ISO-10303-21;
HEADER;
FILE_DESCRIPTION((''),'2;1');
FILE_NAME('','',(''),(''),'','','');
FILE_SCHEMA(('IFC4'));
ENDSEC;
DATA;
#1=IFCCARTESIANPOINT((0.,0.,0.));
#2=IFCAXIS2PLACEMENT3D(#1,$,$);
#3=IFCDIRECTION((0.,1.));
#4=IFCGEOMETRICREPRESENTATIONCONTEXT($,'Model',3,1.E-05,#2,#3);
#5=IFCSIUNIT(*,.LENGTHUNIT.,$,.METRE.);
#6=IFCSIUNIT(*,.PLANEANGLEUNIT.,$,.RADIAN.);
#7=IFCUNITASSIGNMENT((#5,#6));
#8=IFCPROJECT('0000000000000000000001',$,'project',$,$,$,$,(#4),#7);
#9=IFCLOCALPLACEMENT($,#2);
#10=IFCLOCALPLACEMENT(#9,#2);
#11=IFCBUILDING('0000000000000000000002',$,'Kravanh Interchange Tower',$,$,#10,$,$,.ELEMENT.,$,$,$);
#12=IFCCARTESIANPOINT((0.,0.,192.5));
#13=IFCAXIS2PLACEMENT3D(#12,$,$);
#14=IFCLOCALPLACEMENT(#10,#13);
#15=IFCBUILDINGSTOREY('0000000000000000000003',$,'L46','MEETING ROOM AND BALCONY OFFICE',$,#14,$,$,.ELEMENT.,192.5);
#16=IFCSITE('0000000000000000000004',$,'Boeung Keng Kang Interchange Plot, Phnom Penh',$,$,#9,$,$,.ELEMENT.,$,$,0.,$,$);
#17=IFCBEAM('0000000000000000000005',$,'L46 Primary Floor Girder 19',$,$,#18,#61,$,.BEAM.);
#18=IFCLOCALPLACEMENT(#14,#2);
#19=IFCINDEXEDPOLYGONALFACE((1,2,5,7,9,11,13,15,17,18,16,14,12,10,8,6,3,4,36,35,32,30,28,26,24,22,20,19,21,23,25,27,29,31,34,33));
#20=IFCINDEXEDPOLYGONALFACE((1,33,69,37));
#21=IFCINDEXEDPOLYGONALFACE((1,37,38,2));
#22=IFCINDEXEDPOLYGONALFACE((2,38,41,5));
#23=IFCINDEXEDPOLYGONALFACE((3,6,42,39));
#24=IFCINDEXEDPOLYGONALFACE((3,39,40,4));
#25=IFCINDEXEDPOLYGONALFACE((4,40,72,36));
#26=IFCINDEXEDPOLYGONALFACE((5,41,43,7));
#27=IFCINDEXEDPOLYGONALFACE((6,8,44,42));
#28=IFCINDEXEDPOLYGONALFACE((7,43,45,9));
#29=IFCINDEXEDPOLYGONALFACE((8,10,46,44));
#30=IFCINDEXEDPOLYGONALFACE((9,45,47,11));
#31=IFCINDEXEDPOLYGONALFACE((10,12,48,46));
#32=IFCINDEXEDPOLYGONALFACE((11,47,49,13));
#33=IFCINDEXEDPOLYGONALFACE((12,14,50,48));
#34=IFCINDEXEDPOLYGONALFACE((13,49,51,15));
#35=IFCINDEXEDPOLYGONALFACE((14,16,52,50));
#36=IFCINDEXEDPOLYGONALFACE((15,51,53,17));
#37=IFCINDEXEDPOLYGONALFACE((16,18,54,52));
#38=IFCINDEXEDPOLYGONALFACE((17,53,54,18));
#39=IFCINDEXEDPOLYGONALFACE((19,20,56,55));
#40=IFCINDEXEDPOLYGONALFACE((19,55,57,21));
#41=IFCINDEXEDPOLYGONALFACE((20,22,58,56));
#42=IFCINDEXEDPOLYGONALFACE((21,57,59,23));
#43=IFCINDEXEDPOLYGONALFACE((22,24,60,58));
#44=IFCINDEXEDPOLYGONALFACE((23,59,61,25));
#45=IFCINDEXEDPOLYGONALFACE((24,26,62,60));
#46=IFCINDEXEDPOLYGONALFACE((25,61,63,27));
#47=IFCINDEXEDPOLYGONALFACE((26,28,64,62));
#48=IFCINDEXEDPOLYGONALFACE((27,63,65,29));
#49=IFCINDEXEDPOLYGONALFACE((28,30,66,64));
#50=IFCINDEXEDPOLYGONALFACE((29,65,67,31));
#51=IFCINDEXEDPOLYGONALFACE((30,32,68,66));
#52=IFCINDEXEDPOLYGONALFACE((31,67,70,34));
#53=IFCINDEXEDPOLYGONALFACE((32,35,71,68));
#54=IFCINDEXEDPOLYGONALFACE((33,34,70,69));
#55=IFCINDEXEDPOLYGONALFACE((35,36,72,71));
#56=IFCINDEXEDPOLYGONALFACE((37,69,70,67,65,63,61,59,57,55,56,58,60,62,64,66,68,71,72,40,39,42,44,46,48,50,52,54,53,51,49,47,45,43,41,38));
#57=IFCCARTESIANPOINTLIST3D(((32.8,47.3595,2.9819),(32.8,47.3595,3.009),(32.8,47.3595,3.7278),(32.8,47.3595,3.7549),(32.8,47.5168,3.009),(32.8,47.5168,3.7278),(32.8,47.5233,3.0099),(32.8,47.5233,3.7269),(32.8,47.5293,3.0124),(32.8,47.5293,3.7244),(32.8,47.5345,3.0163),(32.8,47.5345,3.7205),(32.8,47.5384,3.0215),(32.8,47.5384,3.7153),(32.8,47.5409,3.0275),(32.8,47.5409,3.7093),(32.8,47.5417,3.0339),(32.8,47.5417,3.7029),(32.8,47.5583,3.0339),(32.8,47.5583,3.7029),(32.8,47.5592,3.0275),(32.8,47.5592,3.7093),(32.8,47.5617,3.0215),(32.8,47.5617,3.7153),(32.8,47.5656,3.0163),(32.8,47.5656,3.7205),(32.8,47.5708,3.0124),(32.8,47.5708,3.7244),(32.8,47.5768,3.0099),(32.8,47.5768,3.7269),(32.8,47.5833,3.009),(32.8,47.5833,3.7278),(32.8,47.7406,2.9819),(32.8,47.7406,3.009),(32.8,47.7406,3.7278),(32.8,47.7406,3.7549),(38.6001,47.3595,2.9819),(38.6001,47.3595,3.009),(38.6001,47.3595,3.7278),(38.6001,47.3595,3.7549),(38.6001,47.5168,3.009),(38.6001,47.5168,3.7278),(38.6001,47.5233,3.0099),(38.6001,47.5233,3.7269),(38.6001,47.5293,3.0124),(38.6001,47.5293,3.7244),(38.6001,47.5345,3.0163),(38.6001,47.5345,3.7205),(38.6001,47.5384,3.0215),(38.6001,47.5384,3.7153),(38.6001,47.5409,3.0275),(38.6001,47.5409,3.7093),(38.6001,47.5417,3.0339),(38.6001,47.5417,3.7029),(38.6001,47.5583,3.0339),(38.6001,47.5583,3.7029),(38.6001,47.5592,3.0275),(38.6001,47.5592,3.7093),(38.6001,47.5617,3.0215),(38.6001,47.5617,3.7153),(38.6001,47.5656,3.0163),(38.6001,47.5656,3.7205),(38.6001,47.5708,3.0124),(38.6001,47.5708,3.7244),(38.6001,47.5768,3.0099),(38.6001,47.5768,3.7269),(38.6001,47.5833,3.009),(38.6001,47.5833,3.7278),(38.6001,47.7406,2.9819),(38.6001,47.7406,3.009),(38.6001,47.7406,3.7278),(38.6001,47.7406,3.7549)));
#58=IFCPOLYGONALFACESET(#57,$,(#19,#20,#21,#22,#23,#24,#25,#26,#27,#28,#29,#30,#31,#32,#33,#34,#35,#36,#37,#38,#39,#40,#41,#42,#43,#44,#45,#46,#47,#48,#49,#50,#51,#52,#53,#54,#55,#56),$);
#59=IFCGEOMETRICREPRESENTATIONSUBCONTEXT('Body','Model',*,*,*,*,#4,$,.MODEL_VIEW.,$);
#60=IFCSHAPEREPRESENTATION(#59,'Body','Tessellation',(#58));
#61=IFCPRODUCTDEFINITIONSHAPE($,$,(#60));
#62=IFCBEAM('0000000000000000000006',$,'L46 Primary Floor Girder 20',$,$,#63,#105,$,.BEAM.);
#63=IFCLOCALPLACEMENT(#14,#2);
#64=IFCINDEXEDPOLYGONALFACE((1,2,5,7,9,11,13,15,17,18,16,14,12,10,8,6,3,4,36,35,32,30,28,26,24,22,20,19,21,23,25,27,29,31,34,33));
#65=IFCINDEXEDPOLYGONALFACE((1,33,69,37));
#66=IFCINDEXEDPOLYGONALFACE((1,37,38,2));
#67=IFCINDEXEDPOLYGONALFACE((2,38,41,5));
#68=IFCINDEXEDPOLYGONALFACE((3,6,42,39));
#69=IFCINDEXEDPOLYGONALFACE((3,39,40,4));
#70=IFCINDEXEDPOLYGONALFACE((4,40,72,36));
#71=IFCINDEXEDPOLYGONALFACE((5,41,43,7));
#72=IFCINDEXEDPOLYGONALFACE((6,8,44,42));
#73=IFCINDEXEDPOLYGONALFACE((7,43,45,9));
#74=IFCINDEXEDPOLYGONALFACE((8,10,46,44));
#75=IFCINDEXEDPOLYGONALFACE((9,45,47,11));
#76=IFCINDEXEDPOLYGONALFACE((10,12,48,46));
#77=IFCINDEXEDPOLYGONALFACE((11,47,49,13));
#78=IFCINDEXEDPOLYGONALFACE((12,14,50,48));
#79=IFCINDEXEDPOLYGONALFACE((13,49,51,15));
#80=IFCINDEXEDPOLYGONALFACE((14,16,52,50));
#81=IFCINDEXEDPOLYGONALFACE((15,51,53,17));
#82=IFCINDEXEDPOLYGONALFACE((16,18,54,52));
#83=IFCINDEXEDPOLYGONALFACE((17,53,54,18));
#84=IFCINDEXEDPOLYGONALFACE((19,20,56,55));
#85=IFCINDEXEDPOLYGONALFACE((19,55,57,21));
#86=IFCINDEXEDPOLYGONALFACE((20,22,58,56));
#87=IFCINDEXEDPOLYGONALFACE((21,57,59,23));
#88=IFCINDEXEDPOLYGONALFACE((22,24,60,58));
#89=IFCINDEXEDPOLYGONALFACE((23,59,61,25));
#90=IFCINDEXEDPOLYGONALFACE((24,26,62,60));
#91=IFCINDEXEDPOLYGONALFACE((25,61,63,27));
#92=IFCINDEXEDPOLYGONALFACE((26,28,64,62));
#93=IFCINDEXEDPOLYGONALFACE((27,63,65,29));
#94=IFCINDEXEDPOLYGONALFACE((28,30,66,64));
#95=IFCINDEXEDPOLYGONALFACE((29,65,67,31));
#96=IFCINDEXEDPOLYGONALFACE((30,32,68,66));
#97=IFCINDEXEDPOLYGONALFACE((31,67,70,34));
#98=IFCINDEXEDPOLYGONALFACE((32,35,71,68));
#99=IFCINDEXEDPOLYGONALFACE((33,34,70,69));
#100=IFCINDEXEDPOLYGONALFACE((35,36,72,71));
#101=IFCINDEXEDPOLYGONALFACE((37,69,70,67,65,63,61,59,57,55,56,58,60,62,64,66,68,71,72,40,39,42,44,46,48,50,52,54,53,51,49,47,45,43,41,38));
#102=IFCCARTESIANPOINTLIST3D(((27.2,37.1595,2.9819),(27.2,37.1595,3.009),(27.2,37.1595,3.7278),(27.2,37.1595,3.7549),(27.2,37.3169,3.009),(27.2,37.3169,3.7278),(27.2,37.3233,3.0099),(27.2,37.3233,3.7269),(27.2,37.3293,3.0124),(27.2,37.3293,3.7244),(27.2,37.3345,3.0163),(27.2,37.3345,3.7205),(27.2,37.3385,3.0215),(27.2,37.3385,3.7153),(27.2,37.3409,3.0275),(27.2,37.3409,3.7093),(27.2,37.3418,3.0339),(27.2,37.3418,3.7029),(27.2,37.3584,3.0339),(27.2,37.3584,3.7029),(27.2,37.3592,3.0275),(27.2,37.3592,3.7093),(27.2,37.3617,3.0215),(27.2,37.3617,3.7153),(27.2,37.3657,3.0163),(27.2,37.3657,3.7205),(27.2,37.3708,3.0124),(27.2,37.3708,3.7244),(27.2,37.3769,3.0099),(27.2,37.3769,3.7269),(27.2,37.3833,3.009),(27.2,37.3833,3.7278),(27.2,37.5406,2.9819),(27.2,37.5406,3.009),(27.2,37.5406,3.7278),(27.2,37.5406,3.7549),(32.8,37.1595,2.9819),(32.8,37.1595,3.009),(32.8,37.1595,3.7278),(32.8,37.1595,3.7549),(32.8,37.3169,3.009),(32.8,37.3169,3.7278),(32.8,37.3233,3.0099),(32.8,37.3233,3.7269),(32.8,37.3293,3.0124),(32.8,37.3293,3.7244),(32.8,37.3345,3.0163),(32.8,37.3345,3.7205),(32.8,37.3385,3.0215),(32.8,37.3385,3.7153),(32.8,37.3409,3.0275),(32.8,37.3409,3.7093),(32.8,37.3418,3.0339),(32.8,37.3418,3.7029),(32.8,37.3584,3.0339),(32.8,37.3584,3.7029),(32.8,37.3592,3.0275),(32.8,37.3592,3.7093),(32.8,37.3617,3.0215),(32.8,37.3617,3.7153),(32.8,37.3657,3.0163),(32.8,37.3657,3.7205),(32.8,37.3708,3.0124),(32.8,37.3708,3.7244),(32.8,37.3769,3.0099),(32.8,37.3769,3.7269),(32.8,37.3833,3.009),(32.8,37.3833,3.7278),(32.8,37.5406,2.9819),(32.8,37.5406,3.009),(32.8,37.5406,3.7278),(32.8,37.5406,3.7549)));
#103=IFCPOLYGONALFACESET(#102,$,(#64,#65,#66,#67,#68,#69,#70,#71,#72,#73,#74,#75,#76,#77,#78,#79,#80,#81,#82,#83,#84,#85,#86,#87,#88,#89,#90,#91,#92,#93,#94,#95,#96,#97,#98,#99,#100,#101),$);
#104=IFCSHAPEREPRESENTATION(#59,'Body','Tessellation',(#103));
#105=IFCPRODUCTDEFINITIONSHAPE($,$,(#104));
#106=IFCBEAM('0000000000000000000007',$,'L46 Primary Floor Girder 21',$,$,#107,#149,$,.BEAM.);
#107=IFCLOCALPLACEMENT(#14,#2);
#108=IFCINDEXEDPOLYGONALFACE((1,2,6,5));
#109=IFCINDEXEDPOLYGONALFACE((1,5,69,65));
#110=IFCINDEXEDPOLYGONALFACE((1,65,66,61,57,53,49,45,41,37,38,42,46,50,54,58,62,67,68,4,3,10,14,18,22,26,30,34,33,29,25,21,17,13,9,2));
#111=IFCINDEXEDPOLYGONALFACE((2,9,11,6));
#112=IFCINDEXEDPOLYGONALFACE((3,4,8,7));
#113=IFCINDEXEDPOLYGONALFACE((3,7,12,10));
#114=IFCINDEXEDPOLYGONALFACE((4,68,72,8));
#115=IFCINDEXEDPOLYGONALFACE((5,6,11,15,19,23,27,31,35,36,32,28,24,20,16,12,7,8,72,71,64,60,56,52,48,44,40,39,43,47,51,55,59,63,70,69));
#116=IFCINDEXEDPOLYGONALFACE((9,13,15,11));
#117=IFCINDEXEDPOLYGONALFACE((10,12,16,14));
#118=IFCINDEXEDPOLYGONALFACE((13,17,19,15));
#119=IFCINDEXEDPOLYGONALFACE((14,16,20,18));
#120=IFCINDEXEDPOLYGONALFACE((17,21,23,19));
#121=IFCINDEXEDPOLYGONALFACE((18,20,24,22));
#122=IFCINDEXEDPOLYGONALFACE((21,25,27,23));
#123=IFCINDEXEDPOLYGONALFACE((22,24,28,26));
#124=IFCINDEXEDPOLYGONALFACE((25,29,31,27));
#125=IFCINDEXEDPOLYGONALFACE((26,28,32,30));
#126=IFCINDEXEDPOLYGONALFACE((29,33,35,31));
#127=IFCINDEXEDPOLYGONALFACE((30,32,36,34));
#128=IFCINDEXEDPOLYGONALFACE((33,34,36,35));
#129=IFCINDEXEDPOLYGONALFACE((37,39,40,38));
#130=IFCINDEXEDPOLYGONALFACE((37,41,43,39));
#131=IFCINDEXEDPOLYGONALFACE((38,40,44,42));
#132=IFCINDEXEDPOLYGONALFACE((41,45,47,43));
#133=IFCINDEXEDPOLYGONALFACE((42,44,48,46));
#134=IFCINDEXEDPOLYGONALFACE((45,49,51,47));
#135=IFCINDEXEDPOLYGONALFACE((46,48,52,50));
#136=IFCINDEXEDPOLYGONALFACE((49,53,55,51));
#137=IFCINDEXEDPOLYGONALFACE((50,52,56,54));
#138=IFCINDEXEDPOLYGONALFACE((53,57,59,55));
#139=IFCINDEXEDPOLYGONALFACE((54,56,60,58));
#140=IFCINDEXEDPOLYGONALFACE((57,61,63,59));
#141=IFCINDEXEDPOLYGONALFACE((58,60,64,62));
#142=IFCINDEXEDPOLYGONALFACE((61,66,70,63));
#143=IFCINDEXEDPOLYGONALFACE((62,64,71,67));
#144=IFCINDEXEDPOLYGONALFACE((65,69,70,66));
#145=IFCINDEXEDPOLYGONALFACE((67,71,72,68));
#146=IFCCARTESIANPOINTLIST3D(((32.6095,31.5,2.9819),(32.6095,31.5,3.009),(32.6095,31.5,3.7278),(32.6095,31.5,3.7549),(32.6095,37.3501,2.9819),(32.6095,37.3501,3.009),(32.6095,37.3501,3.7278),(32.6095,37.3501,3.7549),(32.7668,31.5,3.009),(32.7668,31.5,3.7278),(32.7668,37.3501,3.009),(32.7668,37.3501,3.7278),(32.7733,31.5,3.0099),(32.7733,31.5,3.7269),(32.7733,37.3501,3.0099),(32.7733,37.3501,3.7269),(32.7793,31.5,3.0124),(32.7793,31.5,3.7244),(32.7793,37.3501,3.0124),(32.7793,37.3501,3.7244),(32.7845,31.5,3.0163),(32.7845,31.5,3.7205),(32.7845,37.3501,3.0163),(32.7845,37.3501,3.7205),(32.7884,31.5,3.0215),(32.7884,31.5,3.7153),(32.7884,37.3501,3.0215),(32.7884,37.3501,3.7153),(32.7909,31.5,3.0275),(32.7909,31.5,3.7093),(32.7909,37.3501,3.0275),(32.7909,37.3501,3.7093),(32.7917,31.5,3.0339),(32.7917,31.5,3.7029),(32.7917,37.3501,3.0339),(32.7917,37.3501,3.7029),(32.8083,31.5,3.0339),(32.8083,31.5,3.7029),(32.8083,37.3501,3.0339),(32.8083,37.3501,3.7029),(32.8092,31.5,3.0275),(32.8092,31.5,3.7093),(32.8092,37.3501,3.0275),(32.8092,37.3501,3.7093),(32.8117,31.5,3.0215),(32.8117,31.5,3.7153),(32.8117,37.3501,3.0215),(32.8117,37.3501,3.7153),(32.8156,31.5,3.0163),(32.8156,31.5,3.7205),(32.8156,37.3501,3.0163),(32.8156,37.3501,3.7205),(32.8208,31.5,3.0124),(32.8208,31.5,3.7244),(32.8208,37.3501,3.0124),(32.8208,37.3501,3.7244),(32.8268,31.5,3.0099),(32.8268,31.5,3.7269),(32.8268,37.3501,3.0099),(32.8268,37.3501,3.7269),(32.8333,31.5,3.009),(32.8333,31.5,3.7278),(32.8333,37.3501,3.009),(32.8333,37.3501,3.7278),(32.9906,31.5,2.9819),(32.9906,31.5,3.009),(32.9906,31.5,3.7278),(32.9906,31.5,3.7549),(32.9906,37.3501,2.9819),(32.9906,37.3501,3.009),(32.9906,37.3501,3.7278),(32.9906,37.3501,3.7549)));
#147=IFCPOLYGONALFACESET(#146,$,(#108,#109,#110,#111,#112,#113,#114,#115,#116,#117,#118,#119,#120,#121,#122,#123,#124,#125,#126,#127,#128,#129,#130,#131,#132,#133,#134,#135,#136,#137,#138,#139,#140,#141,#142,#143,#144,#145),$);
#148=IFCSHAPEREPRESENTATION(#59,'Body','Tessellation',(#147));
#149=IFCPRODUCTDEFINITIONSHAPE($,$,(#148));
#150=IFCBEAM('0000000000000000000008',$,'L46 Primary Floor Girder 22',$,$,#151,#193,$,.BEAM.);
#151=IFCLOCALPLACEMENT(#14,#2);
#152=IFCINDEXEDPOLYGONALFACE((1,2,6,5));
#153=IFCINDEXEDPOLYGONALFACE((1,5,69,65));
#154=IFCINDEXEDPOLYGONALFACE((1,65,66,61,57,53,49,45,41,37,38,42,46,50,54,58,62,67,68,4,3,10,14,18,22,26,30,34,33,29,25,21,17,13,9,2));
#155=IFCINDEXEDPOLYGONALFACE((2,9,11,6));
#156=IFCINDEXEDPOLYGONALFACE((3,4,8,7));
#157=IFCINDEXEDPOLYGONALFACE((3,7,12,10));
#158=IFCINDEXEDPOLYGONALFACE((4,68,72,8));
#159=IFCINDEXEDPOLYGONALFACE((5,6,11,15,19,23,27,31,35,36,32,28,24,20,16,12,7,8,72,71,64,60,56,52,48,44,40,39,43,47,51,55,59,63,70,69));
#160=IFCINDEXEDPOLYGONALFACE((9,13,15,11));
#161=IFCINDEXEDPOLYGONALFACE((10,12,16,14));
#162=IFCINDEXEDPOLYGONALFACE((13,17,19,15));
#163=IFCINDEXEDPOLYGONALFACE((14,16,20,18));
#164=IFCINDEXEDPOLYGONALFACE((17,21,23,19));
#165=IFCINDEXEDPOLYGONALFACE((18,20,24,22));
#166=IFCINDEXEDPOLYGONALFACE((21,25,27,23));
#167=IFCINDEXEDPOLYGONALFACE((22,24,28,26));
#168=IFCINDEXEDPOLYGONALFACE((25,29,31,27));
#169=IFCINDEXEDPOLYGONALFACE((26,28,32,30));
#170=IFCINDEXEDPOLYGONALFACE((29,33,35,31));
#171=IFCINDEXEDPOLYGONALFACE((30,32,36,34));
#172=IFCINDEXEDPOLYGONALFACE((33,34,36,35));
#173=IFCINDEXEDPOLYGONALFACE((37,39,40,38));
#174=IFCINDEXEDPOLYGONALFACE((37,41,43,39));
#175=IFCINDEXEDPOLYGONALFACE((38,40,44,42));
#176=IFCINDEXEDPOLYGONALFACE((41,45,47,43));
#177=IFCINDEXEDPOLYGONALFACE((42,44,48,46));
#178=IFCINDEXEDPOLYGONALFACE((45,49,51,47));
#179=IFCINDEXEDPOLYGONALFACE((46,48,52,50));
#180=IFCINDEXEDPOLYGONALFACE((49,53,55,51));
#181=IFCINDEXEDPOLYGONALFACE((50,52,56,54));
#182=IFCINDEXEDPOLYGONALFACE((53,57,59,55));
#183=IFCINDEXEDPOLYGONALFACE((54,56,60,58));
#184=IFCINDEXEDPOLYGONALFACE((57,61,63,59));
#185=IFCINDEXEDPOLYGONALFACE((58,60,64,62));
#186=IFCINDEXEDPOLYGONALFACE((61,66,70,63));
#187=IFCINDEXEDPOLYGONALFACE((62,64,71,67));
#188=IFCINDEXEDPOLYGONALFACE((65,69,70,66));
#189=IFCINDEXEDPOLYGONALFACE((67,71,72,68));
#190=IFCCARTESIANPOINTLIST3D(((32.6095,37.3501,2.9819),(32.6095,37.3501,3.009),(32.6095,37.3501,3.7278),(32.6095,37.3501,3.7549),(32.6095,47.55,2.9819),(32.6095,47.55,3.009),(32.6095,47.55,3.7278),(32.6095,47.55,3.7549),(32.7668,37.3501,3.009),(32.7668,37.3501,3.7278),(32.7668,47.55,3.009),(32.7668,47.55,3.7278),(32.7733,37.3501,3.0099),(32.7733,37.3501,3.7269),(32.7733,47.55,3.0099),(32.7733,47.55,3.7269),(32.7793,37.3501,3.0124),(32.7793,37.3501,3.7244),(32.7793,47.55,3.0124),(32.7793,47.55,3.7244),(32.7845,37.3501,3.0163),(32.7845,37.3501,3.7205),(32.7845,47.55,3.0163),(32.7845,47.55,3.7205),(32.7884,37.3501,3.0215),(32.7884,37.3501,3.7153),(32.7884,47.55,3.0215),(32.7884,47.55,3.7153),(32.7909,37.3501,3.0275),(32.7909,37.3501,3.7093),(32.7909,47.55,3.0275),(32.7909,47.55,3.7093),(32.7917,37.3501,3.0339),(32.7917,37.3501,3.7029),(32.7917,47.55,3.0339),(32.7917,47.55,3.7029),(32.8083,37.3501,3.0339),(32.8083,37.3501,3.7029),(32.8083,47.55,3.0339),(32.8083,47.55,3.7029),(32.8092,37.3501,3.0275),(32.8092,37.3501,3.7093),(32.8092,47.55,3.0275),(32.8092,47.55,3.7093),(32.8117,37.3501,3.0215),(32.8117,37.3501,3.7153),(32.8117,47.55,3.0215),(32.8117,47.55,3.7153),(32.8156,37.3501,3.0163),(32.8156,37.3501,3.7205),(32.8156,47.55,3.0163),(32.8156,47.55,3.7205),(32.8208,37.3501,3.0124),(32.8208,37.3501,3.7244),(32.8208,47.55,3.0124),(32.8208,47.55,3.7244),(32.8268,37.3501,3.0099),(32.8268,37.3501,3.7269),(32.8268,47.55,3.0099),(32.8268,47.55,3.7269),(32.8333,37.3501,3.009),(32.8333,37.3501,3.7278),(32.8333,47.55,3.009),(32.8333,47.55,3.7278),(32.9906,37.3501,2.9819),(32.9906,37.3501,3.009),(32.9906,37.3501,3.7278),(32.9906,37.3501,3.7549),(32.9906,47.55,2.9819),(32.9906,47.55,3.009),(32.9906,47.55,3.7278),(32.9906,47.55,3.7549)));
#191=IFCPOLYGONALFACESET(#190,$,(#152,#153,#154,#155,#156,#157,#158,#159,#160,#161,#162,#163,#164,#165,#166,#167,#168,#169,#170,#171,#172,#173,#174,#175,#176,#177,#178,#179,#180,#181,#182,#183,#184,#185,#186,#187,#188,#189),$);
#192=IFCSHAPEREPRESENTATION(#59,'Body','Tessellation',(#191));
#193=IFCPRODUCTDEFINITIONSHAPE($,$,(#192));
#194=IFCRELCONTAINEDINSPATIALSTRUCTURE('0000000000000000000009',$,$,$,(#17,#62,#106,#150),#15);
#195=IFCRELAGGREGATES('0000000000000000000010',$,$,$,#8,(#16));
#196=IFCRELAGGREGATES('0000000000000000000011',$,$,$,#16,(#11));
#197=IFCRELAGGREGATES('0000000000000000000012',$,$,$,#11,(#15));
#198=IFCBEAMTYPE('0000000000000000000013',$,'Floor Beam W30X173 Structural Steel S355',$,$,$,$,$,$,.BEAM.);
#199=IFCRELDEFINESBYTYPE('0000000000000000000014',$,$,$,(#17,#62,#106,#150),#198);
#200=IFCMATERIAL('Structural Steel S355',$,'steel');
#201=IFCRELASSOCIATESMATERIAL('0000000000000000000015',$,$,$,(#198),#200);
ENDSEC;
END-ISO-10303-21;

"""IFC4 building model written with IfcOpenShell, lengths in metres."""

from ifc_helpers import new_model, si_unit, direction, frame, origin, origin_2d, place, context, subcontext, project, spatial, i_section, extrude, material, material_profile, profile_set, type_object, element, save


model = new_model("IFC4")

# Units and contexts
model_context = context("Model", 3, precision=1e-05, world=origin(), true_north=direction((0.0, 1.0)))
body_context = subcontext(model_context, "Body", "Model", "MODEL_VIEW")
ifc_project = project(units=[si_unit("LENGTHUNIT", "METRE"), si_unit("PLANEANGLEUNIT", "RADIAN")], contexts=[model_context])

# Site, building, storey
site_placement = place(None, origin())
site = spatial("IfcSite", under=ifc_project, at=site_placement, Name="Boeung Keng Kang Interchange Plot, Phnom Penh", CompositionType="ELEMENT", RefElevation=0.0)
building_placement = place(site_placement, origin())
building = spatial("IfcBuilding", under=site, at=building_placement, Name="Kravanh Interchange Tower", CompositionType="ELEMENT")
storey_placement = place(building_placement, frame((0.0, 0.0, 192.5)))
storey = spatial("IfcBuildingStorey", under=building, at=storey_placement, Name="L46", Description="MEETING ROOM AND BALCONY OFFICE", CompositionType="ELEMENT", Elevation=192.5)

# Beams
ifc_material_1 = material(Name="Structural Steel S355", Category="steel")
ifc_material_profile_1 = material_profile(ifc_material_1, i_section(OverallWidth=0.3811, OverallDepth=0.7729, WebThickness=0.0166, FlangeThickness=0.0271, FilletRadius=0.0249, at=origin_2d()), Name="W30X173")
ifc_profile_set_1 = profile_set([ifc_material_profile_1], Name="Structural Steel S355")
beam_type = type_object("IfcBeamType", Name="Floor Beam W30X173 Structural Steel S355", PredefinedType="BEAM", material=ifc_profile_set_1)
beam_1_placement = place(storey_placement, frame((38.6001, 47.55, 3.3684), z_axis=(-1.0, 0.0, 0.0), x_axis=(0.0, -1.0, 0.0)))
element("IfcBeam", 1, at=beam_1_placement, inside=storey, type_object=beam_type, Name="L46 Primary Floor Girder 19", PredefinedType="BEAM", context=body_context, shape_type="SweptSolid", body=[
    extrude(i_section(OverallWidth=0.3811, OverallDepth=0.7729, WebThickness=0.0166, FlangeThickness=0.0271, FilletRadius=0.0249, at=origin_2d()), origin(), (0.0, 0.0, 1.0), 5.8),
])
beam_2_placement = place(storey_placement, frame((32.8, 37.3501, 3.3684), z_axis=(-1.0, 0.0, 0.0), x_axis=(0.0, -1.0, 0.0)))
element("IfcBeam", 2, at=beam_2_placement, inside=storey, type_object=beam_type, Name="L46 Primary Floor Girder 20", PredefinedType="BEAM", context=body_context, shape_type="SweptSolid", body=[
    extrude(i_section(OverallWidth=0.3811, OverallDepth=0.7729, WebThickness=0.0166, FlangeThickness=0.0271, FilletRadius=0.0249, at=origin_2d()), origin(), (0.0, 0.0, 1.0), 5.6001),
])
beam_3_placement = place(storey_placement, frame((32.8, 37.3501, 3.3684), z_axis=(0.0, -1.0, 0.0), x_axis=(1.0, 0.0, 0.0)))
element("IfcBeam", 3, at=beam_3_placement, inside=storey, type_object=beam_type, Name="L46 Primary Floor Girder 21", PredefinedType="BEAM", context=body_context, shape_type="SweptSolid", body=[
    extrude(i_section(OverallWidth=0.3811, OverallDepth=0.7729, WebThickness=0.0166, FlangeThickness=0.0271, FilletRadius=0.0249, at=origin_2d()), origin(), (0.0, 0.0, 1.0), 5.8501),
])
beam_4_placement = place(storey_placement, frame((32.8, 37.3501, 3.3684), z_axis=(0.0, 1.0, 0.0), x_axis=(-1.0, 0.0, 0.0)))
element("IfcBeam", 4, at=beam_4_placement, inside=storey, type_object=beam_type, Name="L46 Primary Floor Girder 22", PredefinedType="BEAM", context=body_context, shape_type="SweptSolid", body=[
    extrude(i_section(OverallWidth=0.3811, OverallDepth=0.7729, WebThickness=0.0166, FlangeThickness=0.0271, FilletRadius=0.0249, at=origin_2d()), origin(), (0.0, 0.0, 1.0), 10.2),
])

save(model, "model.ifc")
